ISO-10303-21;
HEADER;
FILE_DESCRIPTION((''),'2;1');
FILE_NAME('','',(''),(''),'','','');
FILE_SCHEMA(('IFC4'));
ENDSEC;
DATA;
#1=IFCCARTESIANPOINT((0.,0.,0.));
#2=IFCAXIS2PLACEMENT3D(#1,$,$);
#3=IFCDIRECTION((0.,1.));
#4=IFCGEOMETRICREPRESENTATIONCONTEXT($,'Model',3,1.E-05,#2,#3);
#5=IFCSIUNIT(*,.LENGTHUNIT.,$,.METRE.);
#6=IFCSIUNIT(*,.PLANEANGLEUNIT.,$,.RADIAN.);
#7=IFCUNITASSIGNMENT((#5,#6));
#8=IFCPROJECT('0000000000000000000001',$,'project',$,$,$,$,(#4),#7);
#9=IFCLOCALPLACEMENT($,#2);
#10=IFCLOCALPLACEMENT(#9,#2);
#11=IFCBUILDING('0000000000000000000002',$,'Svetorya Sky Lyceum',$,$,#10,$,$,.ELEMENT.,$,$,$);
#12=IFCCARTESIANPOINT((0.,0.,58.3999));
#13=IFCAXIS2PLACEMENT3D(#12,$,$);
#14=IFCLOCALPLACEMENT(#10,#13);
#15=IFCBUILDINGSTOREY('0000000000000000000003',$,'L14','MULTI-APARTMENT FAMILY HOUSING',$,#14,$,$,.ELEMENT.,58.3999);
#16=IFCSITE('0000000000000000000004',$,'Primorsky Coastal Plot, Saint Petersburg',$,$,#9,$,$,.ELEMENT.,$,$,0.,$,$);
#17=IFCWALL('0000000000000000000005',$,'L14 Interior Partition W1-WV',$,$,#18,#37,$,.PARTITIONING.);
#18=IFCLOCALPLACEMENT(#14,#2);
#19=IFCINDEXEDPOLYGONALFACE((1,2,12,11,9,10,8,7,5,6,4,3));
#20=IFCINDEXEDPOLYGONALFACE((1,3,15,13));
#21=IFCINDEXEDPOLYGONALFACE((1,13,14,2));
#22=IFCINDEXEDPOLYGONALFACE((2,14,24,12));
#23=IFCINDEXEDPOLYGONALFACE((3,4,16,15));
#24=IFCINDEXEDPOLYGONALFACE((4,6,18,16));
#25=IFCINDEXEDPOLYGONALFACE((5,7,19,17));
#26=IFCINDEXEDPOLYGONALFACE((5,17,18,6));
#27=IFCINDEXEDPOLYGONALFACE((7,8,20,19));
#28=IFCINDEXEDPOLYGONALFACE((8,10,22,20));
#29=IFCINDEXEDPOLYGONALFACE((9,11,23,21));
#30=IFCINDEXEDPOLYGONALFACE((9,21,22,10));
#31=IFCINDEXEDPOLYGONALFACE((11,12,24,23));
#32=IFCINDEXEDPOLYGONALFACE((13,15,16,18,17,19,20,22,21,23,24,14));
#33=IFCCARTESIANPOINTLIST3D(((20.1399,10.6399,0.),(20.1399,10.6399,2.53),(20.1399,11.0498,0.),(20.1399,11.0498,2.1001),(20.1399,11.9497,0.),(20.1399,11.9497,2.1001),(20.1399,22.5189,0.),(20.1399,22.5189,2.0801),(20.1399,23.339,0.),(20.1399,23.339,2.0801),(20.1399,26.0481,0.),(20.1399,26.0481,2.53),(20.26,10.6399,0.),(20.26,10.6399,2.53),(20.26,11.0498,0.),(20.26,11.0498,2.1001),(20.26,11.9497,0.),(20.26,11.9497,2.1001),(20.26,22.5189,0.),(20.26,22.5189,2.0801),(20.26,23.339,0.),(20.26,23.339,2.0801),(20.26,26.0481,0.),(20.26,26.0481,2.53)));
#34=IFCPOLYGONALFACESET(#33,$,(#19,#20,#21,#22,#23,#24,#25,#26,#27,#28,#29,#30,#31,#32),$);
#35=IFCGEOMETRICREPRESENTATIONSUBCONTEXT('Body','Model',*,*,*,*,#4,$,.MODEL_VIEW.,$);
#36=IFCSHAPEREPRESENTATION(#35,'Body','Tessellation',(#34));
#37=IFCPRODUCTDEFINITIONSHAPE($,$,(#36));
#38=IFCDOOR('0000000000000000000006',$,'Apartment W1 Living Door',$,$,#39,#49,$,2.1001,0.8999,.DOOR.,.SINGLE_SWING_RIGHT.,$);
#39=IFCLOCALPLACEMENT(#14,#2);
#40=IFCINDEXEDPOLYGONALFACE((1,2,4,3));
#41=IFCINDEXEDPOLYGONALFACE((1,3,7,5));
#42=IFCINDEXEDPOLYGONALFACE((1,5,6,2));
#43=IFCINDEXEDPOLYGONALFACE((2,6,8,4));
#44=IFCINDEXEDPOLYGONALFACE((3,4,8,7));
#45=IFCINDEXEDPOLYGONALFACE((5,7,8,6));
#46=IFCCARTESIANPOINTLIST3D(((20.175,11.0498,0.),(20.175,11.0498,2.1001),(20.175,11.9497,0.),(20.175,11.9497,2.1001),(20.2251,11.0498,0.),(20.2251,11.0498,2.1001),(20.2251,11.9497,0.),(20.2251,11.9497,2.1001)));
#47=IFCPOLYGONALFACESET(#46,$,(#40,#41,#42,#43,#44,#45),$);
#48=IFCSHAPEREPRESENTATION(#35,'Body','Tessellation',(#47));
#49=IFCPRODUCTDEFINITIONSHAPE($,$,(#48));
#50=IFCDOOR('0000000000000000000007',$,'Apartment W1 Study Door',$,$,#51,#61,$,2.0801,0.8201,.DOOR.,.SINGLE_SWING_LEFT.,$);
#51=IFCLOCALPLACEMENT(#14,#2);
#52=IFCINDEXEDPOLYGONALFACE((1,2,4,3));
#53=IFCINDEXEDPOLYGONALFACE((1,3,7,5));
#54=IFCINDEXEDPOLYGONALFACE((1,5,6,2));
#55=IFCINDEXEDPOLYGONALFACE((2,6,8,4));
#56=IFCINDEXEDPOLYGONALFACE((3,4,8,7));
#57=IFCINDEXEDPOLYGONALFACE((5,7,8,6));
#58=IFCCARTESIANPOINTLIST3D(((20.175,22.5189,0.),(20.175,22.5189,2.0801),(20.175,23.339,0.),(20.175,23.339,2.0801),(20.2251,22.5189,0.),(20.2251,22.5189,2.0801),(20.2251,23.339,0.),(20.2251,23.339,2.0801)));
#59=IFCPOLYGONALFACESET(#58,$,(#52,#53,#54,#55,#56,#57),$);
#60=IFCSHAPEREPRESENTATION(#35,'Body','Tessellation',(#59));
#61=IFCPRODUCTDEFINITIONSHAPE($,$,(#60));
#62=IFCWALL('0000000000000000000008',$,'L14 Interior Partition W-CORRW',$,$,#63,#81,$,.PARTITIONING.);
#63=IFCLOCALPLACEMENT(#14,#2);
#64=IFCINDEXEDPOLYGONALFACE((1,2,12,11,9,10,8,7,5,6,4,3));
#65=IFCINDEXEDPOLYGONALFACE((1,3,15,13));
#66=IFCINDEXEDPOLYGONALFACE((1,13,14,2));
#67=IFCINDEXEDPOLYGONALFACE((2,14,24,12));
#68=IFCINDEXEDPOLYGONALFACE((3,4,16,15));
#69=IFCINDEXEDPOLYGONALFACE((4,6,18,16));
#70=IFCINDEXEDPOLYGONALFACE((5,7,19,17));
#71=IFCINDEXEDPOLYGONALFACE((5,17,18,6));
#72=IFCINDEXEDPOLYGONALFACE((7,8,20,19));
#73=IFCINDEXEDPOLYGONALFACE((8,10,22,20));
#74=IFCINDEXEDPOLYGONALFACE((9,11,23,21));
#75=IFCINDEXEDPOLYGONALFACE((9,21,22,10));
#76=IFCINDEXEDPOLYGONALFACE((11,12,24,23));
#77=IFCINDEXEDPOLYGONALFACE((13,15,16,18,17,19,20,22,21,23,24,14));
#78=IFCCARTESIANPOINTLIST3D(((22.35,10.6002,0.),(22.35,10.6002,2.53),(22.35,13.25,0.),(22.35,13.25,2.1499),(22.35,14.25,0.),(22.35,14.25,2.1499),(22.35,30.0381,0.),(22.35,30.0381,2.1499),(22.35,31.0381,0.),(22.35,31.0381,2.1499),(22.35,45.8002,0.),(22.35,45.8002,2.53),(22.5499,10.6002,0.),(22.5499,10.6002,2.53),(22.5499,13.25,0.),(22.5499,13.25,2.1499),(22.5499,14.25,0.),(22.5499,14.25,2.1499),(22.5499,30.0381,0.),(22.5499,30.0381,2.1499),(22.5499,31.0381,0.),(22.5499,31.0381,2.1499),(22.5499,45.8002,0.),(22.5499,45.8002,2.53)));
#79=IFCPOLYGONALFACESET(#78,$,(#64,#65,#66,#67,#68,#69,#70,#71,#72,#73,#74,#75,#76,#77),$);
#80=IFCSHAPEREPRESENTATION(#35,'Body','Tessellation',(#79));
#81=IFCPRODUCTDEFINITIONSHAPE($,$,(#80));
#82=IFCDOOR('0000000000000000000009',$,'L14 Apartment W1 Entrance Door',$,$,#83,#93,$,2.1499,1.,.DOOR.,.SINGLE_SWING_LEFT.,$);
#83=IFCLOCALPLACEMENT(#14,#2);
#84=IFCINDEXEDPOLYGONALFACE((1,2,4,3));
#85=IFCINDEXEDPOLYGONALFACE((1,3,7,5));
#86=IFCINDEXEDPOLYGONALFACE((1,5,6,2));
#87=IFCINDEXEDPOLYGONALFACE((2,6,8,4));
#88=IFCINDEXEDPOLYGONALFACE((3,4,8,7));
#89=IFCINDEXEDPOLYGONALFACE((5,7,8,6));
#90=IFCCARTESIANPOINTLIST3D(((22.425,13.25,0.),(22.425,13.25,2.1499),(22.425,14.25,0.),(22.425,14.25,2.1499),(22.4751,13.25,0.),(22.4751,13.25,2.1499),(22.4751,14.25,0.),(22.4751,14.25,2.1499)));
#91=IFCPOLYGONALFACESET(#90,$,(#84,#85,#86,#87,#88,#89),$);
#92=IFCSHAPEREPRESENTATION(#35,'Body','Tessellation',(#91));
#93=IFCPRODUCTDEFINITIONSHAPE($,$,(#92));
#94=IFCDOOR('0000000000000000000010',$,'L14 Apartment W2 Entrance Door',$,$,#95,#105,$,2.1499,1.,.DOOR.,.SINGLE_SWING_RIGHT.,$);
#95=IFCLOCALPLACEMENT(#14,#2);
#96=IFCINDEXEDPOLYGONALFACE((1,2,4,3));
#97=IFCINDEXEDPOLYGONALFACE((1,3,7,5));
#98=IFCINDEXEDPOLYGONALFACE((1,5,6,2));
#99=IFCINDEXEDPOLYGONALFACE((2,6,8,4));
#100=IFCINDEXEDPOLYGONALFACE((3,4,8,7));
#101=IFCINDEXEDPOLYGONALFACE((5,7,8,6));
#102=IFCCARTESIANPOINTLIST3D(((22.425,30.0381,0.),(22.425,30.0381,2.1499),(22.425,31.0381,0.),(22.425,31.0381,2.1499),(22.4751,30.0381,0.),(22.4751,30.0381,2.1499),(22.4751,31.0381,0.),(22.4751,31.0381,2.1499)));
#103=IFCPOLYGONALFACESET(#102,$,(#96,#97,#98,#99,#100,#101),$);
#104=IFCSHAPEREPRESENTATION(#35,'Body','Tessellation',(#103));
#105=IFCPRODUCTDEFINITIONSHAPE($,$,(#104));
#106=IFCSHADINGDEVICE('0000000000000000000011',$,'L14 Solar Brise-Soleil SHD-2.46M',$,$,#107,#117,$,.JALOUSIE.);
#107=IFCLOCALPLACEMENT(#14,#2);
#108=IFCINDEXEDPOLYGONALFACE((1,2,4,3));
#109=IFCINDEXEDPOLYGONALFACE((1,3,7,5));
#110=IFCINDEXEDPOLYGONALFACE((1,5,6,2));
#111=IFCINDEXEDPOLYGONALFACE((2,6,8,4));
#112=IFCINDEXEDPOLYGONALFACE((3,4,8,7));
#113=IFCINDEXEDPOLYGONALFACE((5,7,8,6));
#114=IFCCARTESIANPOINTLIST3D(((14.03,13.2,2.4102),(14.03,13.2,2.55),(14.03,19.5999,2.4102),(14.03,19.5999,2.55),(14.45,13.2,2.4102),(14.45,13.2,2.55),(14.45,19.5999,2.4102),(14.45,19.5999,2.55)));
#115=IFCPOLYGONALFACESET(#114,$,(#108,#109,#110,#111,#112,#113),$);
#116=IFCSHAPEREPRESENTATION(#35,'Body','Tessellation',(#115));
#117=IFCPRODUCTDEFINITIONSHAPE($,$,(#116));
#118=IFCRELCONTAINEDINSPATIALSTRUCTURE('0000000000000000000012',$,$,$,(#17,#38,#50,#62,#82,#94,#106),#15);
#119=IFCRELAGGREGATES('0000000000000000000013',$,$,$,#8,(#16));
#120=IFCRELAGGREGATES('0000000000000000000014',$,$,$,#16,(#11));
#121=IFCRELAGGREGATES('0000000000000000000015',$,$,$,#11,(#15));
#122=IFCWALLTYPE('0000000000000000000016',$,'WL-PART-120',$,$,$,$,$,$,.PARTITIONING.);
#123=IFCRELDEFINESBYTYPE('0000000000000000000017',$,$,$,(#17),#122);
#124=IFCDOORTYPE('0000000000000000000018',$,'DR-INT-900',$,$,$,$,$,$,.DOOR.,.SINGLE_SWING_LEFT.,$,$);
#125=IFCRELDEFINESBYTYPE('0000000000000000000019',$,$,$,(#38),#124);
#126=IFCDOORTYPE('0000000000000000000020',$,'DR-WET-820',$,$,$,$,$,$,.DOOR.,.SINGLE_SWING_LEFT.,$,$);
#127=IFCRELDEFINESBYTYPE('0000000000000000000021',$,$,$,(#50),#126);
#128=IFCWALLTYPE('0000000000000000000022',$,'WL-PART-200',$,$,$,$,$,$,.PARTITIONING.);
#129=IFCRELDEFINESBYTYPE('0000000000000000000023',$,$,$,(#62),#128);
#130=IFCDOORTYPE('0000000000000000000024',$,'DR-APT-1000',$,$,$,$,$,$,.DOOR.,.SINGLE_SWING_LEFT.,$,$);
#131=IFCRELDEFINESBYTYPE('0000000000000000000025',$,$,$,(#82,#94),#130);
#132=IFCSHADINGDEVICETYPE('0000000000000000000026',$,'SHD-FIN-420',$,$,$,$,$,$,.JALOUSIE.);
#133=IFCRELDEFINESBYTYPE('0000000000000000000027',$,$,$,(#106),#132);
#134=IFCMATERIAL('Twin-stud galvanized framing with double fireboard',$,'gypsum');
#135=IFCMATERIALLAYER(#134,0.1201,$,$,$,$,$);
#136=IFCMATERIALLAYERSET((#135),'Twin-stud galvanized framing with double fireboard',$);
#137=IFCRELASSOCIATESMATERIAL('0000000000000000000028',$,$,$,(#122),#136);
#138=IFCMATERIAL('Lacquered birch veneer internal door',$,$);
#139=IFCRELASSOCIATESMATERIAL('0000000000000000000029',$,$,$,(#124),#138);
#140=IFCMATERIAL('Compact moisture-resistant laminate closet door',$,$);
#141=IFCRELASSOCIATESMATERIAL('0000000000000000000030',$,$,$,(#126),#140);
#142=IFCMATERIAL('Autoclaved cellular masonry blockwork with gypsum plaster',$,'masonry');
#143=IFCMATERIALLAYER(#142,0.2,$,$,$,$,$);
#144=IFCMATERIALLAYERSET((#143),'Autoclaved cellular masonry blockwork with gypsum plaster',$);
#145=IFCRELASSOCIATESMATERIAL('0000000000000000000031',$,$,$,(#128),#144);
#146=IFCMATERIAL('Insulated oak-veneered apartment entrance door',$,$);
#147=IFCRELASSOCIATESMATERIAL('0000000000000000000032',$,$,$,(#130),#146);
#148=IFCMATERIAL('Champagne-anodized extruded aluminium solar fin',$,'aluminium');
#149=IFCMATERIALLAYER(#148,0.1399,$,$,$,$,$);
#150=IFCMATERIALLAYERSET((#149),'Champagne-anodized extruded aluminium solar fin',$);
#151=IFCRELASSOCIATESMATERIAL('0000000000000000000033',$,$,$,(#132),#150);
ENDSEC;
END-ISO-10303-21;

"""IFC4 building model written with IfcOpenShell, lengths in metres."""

from ifc_helpers import new_model, si_unit, direction, frame, frame_2d, origin, origin_2d, place, context, subcontext, project, spatial, rectangle, extrude, material, layer, layer_set, type_object, element, fill, save


model = new_model("IFC4")

# Units and contexts
model_context = context("Model", 3, precision=1e-05, world=origin(), true_north=direction((0.0, 1.0)))
body_context = subcontext(model_context, "Body", "Model", "MODEL_VIEW")
ifc_project = project(units=[si_unit("LENGTHUNIT", "METRE"), si_unit("PLANEANGLEUNIT", "RADIAN")], contexts=[model_context])

# Site, building, storey
site_placement = place(None, origin())
site = spatial("IfcSite", under=ifc_project, at=site_placement, Name="Primorsky Coastal Plot, Saint Petersburg", CompositionType="ELEMENT", RefElevation=0.0)
building_placement = place(site_placement, origin())
building = spatial("IfcBuilding", under=site, at=building_placement, Name="Svetorya Sky Lyceum", CompositionType="ELEMENT")
storey_placement = place(building_placement, frame((0.0, 0.0, 58.3999)))
storey = spatial("IfcBuildingStorey", under=building, at=storey_placement, Name="L14", Description="MULTI-APARTMENT FAMILY HOUSING", CompositionType="ELEMENT", Elevation=58.3999)

# Shared definitions
ifc_material_1 = material(Name="Twin-stud galvanized framing with double fireboard", Category="gypsum")
ifc_layer_1 = layer(ifc_material_1, 0.1201)
ifc_layer_set_1 = layer_set([ifc_layer_1], Name="Twin-stud galvanized framing with double fireboard")
wall_type_1 = type_object("IfcWallType", Name="WL-PART-120", PredefinedType="PARTITIONING", material=ifc_layer_set_1)
ifc_material_2 = material(Name="Lacquered birch veneer internal door")
door_type_1 = type_object("IfcDoorType", Name="DR-INT-900", OperationType="SINGLE_SWING_LEFT", PredefinedType="DOOR", material=ifc_material_2)

# Walls, openings, doors
wall_1_placement = place(storey_placement, frame((20.2, 10.6399, 0.0), z_axis=(0.0, 0.0, 1.0), x_axis=(0.0, 1.0, 0.0)))
wall_1 = element("IfcWall", 1, at=wall_1_placement, inside=storey, type_object=wall_type_1, Name="L14 Interior Partition W1-WV", PredefinedType="PARTITIONING", context=body_context, shape_type="SweptSolid", body=[
    extrude(rectangle(XDim=15.4082, YDim=0.1201, at=frame_2d((7.7041, 0.0))), origin(), (0.0, 0.0, 1.0), 2.53),
])
opening_1_placement = place(wall_1_placement, frame((0.4099, 0.0, 0.0)))
opening_1 = element("IfcOpeningElement", 2, at=opening_1_placement, cuts=wall_1, PredefinedType="OPENING", context=body_context, shape_type="SweptSolid", body=[
    extrude(rectangle(XDim=0.8999, YDim=2.1001, at=frame_2d((0.45, 1.05))), frame((0.0, 0.0701, 0.0), z_axis=(0.0, -1.0, 0.0), x_axis=(1.0, 0.0, 0.0)), (0.0, 0.0, 1.0), 0.1401),
])
opening_2_placement = place(wall_1_placement, frame((11.8789, 0.0, 0.0)))
opening_2 = element("IfcOpeningElement", 3, at=opening_2_placement, cuts=wall_1, PredefinedType="OPENING", context=body_context, shape_type="SweptSolid", body=[
    extrude(rectangle(XDim=0.8201, YDim=2.0801, at=frame_2d((0.4102, 1.04))), frame((0.0, 0.0701, 0.0), z_axis=(0.0, -1.0, 0.0), x_axis=(1.0, 0.0, 0.0)), (0.0, 0.0, 1.0), 0.1401),
])
door_1_placement = place(opening_1_placement, origin())
door_1 = element("IfcDoor", 4, at=door_1_placement, inside=storey, type_object=door_type_1, Name="Apartment W1 Living Door", OperationType="SINGLE_SWING_RIGHT", OverallHeight=2.1001, OverallWidth=0.8999, PredefinedType="DOOR", context=body_context, shape_type="SweptSolid", body=[
    extrude(rectangle(XDim=0.8999, YDim=2.1001, at=frame_2d((0.45, 1.05))), frame((0.0, 0.0249, 0.0), z_axis=(0.0, -1.0, 0.0), x_axis=(1.0, 0.0, 0.0)), (0.0, 0.0, 1.0), 0.05),
])
fill(opening_1, door_1)
ifc_material_3 = material(Name="Compact moisture-resistant laminate closet door")
door_type_2 = type_object("IfcDoorType", Name="DR-WET-820", OperationType="SINGLE_SWING_LEFT", PredefinedType="DOOR", material=ifc_material_3)
door_2_placement = place(opening_2_placement, origin())
door_2 = element("IfcDoor", 5, at=door_2_placement, inside=storey, type_object=door_type_2, Name="Apartment W1 Study Door", OperationType="SINGLE_SWING_LEFT", OverallHeight=2.0801, OverallWidth=0.8201, PredefinedType="DOOR", context=body_context, shape_type="SweptSolid", body=[
    extrude(rectangle(XDim=0.8201, YDim=2.0801, at=frame_2d((0.4102, 1.04))), frame((0.0, 0.0249, 0.0), z_axis=(0.0, -1.0, 0.0), x_axis=(1.0, 0.0, 0.0)), (0.0, 0.0, 1.0), 0.05),
])
fill(opening_2, door_2)
ifc_material_4 = material(Name="Autoclaved cellular masonry blockwork with gypsum plaster", Category="masonry")
ifc_layer_2 = layer(ifc_material_4, 0.2)
ifc_layer_set_2 = layer_set([ifc_layer_2], Name="Autoclaved cellular masonry blockwork with gypsum plaster")
wall_type_2 = type_object("IfcWallType", Name="WL-PART-200", PredefinedType="PARTITIONING", material=ifc_layer_set_2)
wall_2_placement = place(storey_placement, frame((22.45, 10.6001, 0.0), z_axis=(0.0, 0.0, 1.0), x_axis=(0.0, 1.0, 0.0)))
wall_2 = element("IfcWall", 6, at=wall_2_placement, inside=storey, type_object=wall_type_2, Name="L14 Interior Partition W-CORRW", PredefinedType="PARTITIONING", context=body_context, shape_type="SweptSolid", body=[
    extrude(rectangle(XDim=35.2, YDim=0.2, at=frame_2d((17.6001, 0.0))), origin(), (0.0, 0.0, 1.0), 2.53),
])
opening_3_placement = place(wall_2_placement, frame((2.6499, 0.0, 0.0)))
opening_3 = element("IfcOpeningElement", 7, at=opening_3_placement, cuts=wall_2, PredefinedType="OPENING", context=body_context, shape_type="SweptSolid", body=[
    extrude(rectangle(XDim=1.0, YDim=2.1499, at=frame_2d((0.5, 1.075))), frame((0.0, 0.1099, 0.0), z_axis=(0.0, -1.0, 0.0), x_axis=(1.0, 0.0, 0.0)), (0.0, 0.0, 1.0), 0.22),
])
opening_4_placement = place(wall_2_placement, frame((19.438, 0.0, 0.0)))
opening_4 = element("IfcOpeningElement", 8, at=opening_4_placement, cuts=wall_2, PredefinedType="OPENING", context=body_context, shape_type="SweptSolid", body=[
    extrude(rectangle(XDim=1.0, YDim=2.1499, at=frame_2d((0.5, 1.075))), frame((0.0, 0.1099, 0.0), z_axis=(0.0, -1.0, 0.0), x_axis=(1.0, 0.0, 0.0)), (0.0, 0.0, 1.0), 0.22),
])
ifc_material_5 = material(Name="Insulated oak-veneered apartment entrance door")
door_type_3 = type_object("IfcDoorType", Name="DR-APT-1000", OperationType="SINGLE_SWING_LEFT", PredefinedType="DOOR", material=ifc_material_5)
door_3_placement = place(opening_3_placement, origin())
door_3 = element("IfcDoor", 9, at=door_3_placement, inside=storey, type_object=door_type_3, Name="L14 Apartment W1 Entrance Door", OperationType="SINGLE_SWING_LEFT", OverallHeight=2.1499, OverallWidth=1.0, PredefinedType="DOOR", context=body_context, shape_type="SweptSolid", body=[
    extrude(rectangle(XDim=1.0, YDim=2.1499, at=frame_2d((0.5, 1.075))), frame((0.0, 0.0249, 0.0), z_axis=(0.0, -1.0, 0.0), x_axis=(1.0, 0.0, 0.0)), (0.0, 0.0, 1.0), 0.05),
])
fill(opening_3, door_3)
door_4_placement = place(opening_4_placement, origin())
door_4 = element("IfcDoor", 10, at=door_4_placement, inside=storey, type_object=door_type_3, Name="L14 Apartment W2 Entrance Door", OperationType="SINGLE_SWING_RIGHT", OverallHeight=2.1499, OverallWidth=1.0, PredefinedType="DOOR", context=body_context, shape_type="SweptSolid", body=[
    extrude(rectangle(XDim=1.0, YDim=2.1499, at=frame_2d((0.5, 1.075))), frame((0.0, 0.0249, 0.0), z_axis=(0.0, -1.0, 0.0), x_axis=(1.0, 0.0, 0.0)), (0.0, 0.0, 1.0), 0.05),
])
fill(opening_4, door_4)

# Shading device
ifc_material_6 = material(Name="Champagne-anodized extruded aluminium solar fin", Category="aluminium")
ifc_layer_3 = layer(ifc_material_6, 0.1399)
ifc_layer_set_3 = layer_set([ifc_layer_3], Name="Champagne-anodized extruded aluminium solar fin")
shading_device_type = type_object("IfcShadingDeviceType", Name="SHD-FIN-420", PredefinedType="JALOUSIE", material=ifc_layer_set_3)
shading_device_placement = place(storey_placement, frame((14.24, 16.3999, 2.4102), z_axis=(0.0, 0.0, 1.0), x_axis=(1.0, 0.0, 0.0)))
element("IfcShadingDevice", 11, at=shading_device_placement, inside=storey, type_object=shading_device_type, Name="L14 Solar Brise-Soleil SHD-2.46M", PredefinedType="JALOUSIE", context=body_context, shape_type="SweptSolid", body=[
    extrude(rectangle(XDim=0.4199, YDim=6.3999, at=origin_2d()), origin(), (0.0, 0.0, 1.0), 0.1399),
])

save(model, "model.ifc")
